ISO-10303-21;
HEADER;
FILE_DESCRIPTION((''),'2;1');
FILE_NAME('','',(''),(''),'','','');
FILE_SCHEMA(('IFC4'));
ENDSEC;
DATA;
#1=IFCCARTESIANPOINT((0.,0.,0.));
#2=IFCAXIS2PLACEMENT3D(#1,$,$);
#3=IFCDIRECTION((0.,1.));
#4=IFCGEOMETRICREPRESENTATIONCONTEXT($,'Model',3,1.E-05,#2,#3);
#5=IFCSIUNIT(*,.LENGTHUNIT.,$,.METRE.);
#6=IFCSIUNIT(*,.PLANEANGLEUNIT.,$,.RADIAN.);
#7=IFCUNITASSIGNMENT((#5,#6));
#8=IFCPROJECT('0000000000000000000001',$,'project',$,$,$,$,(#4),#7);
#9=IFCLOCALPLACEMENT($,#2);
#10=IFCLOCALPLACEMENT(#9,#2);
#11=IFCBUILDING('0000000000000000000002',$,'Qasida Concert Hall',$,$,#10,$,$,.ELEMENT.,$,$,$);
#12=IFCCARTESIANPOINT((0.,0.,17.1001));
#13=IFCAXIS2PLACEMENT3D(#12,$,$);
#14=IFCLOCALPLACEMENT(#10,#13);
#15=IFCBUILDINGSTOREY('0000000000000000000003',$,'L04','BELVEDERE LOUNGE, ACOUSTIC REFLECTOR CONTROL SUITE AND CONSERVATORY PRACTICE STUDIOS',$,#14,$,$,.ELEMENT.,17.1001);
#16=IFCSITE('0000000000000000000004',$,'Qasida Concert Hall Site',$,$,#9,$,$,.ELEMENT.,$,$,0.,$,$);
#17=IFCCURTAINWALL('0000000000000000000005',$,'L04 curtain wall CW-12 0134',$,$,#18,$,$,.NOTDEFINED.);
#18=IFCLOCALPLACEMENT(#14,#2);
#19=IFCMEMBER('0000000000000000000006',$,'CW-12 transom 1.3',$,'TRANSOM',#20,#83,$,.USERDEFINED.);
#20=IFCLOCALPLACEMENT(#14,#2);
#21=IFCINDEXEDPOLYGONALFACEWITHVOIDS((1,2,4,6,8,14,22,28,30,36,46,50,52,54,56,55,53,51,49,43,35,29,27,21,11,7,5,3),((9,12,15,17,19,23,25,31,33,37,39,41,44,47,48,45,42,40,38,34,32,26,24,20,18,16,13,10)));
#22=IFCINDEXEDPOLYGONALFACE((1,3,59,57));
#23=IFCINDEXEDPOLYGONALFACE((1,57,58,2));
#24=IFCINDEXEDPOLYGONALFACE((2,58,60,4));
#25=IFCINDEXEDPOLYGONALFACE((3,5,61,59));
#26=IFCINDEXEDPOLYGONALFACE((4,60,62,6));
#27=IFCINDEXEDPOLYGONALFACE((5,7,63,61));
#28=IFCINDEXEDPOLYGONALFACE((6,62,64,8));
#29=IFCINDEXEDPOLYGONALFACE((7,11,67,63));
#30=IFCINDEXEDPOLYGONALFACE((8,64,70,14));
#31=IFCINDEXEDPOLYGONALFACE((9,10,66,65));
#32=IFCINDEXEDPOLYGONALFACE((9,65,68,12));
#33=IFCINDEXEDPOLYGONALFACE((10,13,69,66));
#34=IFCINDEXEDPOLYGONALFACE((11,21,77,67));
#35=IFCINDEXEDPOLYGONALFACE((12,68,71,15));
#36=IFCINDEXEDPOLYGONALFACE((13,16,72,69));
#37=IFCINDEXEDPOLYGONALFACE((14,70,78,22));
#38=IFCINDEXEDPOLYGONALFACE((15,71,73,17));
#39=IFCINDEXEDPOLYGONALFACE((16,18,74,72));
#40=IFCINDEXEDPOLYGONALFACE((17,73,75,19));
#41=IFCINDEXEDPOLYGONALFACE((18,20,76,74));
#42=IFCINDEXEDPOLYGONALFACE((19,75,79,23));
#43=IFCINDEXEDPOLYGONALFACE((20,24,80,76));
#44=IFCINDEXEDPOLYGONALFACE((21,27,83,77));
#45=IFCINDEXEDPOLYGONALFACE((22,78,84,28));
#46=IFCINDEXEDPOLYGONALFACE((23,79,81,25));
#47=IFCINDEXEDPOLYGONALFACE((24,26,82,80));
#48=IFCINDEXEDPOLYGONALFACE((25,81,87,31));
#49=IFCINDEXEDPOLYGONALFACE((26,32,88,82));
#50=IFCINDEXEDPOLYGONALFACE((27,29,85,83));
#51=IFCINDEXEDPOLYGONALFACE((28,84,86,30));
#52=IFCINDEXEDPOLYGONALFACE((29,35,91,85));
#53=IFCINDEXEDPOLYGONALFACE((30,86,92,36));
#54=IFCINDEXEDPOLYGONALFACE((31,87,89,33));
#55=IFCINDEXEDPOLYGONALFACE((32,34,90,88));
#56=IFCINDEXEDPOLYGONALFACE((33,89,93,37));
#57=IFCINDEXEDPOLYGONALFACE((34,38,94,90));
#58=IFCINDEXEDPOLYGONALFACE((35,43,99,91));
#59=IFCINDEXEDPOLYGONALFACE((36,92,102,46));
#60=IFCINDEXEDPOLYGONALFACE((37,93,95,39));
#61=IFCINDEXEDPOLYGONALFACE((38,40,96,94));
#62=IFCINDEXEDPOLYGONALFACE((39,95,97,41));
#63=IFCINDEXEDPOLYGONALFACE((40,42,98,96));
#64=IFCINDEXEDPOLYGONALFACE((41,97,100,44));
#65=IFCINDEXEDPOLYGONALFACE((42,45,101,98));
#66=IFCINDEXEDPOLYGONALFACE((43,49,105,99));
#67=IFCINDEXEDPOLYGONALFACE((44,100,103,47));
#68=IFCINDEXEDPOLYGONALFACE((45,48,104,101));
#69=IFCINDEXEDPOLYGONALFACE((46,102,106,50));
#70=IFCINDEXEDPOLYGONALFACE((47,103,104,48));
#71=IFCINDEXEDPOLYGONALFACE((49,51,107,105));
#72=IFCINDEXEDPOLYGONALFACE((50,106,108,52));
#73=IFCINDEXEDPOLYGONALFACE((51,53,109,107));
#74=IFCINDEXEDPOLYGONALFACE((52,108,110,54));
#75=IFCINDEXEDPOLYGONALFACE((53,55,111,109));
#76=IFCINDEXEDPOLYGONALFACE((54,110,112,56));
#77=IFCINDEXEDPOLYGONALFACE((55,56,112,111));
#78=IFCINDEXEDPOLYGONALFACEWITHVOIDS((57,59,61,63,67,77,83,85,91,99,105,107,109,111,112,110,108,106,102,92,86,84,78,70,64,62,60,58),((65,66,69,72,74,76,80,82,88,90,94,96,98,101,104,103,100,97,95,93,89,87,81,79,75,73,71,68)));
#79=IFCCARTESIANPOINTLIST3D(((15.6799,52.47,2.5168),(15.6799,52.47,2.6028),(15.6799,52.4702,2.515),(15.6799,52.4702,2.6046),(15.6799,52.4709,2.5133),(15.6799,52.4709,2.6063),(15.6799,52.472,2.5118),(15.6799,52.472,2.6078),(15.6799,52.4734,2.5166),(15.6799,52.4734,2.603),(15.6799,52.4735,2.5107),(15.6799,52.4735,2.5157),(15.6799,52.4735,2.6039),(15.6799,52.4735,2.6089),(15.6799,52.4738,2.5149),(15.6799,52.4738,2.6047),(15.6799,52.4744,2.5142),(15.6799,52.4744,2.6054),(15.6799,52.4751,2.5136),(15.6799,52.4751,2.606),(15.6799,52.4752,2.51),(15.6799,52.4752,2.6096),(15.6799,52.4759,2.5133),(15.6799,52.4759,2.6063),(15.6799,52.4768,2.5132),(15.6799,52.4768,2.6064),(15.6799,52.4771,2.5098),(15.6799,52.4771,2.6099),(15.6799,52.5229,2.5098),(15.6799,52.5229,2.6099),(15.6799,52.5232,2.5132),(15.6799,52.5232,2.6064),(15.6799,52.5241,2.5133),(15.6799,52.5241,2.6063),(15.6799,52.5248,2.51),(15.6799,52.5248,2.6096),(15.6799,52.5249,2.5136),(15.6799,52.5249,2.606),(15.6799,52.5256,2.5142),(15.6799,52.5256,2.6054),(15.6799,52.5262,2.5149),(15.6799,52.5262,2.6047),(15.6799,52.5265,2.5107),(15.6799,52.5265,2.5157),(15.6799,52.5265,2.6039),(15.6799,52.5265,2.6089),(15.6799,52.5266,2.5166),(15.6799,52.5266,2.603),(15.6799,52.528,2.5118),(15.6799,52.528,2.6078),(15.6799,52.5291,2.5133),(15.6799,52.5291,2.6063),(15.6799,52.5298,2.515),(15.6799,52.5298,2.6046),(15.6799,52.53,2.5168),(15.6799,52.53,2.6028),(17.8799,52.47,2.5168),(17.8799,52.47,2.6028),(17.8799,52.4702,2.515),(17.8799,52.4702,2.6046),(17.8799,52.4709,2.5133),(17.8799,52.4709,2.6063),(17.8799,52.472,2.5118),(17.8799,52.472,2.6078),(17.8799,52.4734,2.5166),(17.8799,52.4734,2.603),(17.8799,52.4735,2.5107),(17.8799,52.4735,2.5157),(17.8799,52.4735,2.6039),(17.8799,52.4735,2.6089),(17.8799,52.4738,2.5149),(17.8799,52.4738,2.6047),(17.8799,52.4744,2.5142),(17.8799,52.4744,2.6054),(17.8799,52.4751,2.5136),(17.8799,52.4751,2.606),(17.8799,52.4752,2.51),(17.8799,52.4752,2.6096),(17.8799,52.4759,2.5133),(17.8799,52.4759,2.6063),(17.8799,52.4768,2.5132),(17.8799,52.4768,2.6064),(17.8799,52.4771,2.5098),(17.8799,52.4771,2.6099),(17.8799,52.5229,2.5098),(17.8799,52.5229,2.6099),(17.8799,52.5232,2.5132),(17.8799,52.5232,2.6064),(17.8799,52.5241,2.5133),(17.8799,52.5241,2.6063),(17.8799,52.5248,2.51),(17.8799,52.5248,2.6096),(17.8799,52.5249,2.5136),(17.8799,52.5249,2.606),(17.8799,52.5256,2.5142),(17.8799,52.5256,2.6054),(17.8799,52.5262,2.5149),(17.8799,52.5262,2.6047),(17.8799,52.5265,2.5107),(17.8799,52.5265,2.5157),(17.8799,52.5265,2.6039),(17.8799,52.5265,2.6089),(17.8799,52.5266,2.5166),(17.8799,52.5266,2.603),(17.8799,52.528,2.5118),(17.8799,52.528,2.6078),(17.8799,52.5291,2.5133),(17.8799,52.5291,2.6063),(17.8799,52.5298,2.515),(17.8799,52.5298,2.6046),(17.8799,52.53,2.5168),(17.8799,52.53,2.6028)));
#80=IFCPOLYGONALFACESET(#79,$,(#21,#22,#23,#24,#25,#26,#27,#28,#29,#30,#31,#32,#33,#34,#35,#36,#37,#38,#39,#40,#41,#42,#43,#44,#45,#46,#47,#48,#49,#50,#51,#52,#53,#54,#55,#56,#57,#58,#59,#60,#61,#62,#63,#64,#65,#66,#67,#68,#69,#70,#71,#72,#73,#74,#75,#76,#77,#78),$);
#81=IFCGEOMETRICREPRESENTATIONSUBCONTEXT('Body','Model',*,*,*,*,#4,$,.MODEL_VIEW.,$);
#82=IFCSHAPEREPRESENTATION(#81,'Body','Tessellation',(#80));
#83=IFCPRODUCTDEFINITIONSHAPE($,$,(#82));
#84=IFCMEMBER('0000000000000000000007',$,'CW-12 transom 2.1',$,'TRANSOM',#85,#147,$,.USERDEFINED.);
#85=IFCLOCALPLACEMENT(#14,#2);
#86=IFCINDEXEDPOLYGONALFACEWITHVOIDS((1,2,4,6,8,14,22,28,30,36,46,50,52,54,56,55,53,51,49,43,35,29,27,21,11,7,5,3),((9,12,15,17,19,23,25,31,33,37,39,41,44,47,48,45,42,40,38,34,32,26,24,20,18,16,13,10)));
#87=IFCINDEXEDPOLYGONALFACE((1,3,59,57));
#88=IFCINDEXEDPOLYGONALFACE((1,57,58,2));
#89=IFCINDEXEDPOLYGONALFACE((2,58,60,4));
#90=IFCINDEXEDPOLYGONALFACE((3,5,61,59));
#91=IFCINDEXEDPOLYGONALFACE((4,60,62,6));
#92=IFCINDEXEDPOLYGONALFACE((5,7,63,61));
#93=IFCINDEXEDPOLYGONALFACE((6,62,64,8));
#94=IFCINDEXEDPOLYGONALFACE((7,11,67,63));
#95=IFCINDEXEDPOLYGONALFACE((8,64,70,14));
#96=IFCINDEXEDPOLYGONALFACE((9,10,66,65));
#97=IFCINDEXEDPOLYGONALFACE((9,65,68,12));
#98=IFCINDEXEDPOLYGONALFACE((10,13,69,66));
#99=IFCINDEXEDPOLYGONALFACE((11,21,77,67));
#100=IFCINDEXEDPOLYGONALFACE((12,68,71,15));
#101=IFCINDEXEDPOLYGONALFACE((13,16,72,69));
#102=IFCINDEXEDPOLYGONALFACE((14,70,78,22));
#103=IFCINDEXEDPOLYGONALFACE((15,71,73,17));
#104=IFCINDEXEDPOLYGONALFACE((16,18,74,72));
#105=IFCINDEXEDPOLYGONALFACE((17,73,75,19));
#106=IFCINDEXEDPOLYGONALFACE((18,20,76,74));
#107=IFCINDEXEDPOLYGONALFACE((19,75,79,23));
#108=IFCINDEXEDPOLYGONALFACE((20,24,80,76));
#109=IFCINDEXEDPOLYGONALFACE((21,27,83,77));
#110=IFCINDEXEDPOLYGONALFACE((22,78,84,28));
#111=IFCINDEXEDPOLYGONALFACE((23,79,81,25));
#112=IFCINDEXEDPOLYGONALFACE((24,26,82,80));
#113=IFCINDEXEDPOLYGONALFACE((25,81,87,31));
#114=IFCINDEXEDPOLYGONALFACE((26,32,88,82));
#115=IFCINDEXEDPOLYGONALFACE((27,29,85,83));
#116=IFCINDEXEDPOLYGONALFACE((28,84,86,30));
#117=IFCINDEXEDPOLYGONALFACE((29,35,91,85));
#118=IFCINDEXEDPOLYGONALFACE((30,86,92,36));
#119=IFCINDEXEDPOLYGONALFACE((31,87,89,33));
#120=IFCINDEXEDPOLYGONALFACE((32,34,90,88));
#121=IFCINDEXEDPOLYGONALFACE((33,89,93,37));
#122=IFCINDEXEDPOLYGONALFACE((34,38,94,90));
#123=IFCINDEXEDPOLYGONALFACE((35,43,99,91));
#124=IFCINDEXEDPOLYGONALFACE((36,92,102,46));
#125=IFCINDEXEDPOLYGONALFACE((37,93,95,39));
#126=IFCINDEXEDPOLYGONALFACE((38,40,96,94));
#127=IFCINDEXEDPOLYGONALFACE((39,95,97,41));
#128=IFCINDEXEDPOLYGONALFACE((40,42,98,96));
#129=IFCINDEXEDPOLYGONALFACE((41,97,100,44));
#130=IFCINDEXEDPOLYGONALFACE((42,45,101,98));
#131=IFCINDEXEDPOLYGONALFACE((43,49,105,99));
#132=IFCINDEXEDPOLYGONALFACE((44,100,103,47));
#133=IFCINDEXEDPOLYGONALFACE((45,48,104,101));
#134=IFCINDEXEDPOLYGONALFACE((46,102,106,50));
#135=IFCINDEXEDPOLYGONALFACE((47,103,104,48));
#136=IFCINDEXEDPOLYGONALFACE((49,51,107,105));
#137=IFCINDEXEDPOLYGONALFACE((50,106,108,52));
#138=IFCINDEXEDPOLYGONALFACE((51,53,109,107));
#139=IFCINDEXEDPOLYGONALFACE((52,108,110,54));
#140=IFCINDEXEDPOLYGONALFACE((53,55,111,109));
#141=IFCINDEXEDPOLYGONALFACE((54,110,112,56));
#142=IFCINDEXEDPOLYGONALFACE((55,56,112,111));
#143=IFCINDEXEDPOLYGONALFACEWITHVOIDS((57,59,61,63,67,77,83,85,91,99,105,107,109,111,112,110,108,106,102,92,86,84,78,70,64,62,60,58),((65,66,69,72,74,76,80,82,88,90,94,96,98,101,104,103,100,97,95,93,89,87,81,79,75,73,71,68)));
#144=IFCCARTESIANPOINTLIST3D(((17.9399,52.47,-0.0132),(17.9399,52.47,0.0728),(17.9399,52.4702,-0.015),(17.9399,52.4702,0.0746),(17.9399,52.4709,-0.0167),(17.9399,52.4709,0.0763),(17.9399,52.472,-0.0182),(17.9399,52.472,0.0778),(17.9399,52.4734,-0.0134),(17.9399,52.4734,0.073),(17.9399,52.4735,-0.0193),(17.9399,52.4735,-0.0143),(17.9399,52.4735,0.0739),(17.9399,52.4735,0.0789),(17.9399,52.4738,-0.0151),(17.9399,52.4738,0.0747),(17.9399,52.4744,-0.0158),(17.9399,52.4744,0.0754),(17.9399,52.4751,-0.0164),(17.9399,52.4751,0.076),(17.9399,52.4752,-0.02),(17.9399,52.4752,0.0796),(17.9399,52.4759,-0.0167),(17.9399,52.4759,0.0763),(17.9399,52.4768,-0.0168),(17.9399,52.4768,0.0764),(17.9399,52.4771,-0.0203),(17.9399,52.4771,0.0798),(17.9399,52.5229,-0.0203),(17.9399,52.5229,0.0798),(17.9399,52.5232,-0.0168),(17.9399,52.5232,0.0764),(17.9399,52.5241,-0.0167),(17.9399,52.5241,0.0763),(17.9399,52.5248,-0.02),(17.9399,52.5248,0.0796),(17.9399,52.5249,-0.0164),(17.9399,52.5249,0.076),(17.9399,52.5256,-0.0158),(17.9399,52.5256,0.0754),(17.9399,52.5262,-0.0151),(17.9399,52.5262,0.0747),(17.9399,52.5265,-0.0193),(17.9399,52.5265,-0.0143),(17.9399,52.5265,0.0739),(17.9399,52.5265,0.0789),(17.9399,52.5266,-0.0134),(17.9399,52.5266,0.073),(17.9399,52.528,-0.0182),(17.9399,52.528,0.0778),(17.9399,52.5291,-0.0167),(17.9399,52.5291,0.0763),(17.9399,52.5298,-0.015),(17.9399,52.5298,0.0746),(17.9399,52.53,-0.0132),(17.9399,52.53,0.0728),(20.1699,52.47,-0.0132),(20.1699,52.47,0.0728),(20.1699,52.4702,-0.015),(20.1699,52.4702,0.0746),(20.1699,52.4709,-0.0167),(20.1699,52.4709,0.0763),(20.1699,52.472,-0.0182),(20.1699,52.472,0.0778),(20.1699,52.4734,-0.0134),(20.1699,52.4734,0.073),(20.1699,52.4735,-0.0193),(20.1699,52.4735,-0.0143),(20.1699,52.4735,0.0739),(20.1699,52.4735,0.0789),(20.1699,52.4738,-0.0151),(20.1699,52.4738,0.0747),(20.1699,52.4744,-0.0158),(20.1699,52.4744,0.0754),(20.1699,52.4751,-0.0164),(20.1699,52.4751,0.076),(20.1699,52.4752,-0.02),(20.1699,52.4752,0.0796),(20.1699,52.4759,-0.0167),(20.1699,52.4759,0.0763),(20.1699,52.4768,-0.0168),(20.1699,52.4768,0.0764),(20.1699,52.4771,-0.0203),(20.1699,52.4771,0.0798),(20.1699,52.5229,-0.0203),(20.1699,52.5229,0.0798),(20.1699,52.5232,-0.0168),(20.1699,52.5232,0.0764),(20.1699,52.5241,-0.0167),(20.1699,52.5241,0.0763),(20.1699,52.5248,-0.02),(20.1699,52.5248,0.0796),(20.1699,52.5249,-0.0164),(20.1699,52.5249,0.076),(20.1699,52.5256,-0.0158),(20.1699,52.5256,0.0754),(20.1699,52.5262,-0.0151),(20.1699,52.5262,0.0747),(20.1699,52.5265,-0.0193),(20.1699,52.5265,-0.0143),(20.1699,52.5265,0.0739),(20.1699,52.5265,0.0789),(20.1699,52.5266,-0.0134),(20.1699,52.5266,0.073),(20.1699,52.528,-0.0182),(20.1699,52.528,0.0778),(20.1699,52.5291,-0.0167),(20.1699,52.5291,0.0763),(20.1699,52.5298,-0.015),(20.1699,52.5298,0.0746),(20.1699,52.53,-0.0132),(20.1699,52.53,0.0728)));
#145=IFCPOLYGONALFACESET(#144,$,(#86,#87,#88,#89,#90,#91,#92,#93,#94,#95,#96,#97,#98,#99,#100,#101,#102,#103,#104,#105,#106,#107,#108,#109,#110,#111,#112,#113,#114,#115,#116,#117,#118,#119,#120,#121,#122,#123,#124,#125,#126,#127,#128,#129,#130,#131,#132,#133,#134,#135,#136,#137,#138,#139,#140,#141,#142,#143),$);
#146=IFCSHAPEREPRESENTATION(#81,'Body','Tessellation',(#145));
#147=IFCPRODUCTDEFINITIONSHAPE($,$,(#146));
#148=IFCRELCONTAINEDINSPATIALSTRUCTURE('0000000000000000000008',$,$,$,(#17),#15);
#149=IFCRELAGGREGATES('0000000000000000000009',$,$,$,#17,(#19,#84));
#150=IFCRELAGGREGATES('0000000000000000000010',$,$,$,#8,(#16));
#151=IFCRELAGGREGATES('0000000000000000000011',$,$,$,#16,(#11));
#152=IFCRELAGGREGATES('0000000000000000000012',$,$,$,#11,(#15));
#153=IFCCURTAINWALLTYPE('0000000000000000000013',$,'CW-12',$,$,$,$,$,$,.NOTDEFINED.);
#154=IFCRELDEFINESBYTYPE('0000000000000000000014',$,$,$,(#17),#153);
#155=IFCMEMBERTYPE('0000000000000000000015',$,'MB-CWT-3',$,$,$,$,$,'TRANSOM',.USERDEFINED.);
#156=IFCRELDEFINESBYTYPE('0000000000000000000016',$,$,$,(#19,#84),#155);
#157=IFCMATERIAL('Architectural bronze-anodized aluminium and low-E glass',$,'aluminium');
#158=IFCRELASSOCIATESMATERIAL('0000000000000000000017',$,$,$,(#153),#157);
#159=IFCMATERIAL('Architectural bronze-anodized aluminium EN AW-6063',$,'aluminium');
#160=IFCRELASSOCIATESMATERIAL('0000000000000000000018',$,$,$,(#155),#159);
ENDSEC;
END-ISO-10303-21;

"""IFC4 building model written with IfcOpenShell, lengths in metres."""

from ifc_helpers import new_model, si_unit, direction, frame, origin, origin_2d, place, context, subcontext, project, spatial, hollow_rectangle, extrude, material, material_profile, profile_set, type_object, element, aggregate, save


model = new_model("IFC4")

# Units and contexts
model_context = context("Model", 3, precision=1e-05, world=origin(), true_north=direction((0.0, 1.0)))
body_context = subcontext(model_context, "Body", "Model", "MODEL_VIEW")
ifc_project = project(units=[si_unit("LENGTHUNIT", "METRE"), si_unit("PLANEANGLEUNIT", "RADIAN")], contexts=[model_context])

# Site, building, storey
site_placement = place(None, origin())
site = spatial("IfcSite", under=ifc_project, at=site_placement, Name="Qasida Concert Hall Site", CompositionType="ELEMENT", RefElevation=0.0)
building_placement = place(site_placement, origin())
building = spatial("IfcBuilding", under=site, at=building_placement, Name="Qasida Concert Hall", CompositionType="ELEMENT")
storey_placement = place(building_placement, frame((0.0, 0.0, 17.1001)))
storey = spatial("IfcBuildingStorey", under=building, at=storey_placement, Name="L04", Description="BELVEDERE LOUNGE, ACOUSTIC REFLECTOR CONTROL SUITE AND CONSERVATORY PRACTICE STUDIOS", CompositionType="ELEMENT", Elevation=17.1001)

# Shared definitions
ifc_material_1 = material(Name="Architectural bronze-anodized aluminium and low-E glass", Category="aluminium")
curtain_wall_type = type_object("IfcCurtainWallType", Name="CW-12", PredefinedType="NOTDEFINED", material=ifc_material_1)
ifc_material_2 = material(Name="Architectural bronze-anodized aluminium EN AW-6063", Category="aluminium")

# Curtain wall
curtain_wall_1_placement = place(storey_placement, origin())
curtain_wall_1 = element("IfcCurtainWall", 1, at=curtain_wall_1_placement, inside=storey, type_object=curtain_wall_type, Name="L04 curtain wall CW-12 0134", PredefinedType="NOTDEFINED")

# Members
ifc_material_profile_1 = material_profile(ifc_material_2, hollow_rectangle(XDim=0.0601, YDim=0.1001, WallThickness=0.0034, InnerFilletRadius=0.0034, OuterFilletRadius=0.0071, at=origin_2d()), Name="CWT 100x60x3.5")
ifc_profile_set_1 = profile_set([ifc_material_profile_1], Name="Architectural bronze-anodized aluminium EN AW-6063")
member_type_1 = type_object("IfcMemberType", Name="MB-CWT-3", ElementType="TRANSOM", PredefinedType="USERDEFINED", material=ifc_profile_set_1)
member_1_placement = place(storey_placement, frame((15.6799, 52.5, 2.5598), z_axis=(1.0, 0.0, 0.0), x_axis=(0.0, 1.0, 0.0)))
member_1 = element("IfcMember", 2, at=member_1_placement, type_object=member_type_1, Name="CW-12 transom 1.3", ObjectType="TRANSOM", PredefinedType="USERDEFINED", context=body_context, shape_type="SweptSolid", body=[
    extrude(hollow_rectangle(XDim=0.0601, YDim=0.1001, WallThickness=0.0034, InnerFilletRadius=0.0034, OuterFilletRadius=0.0071, at=origin_2d()), origin(), (0.0, 0.0, 1.0), 2.2),
])
member_2_placement = place(storey_placement, frame((17.9399, 52.5, 0.0298), z_axis=(1.0, 0.0, 0.0), x_axis=(0.0, 1.0, 0.0)))
member_2 = element("IfcMember", 3, at=member_2_placement, type_object=member_type_1, Name="CW-12 transom 2.1", ObjectType="TRANSOM", PredefinedType="USERDEFINED", context=body_context, shape_type="SweptSolid", body=[
    extrude(hollow_rectangle(XDim=0.0601, YDim=0.1001, WallThickness=0.0034, InnerFilletRadius=0.0034, OuterFilletRadius=0.0071, at=origin_2d()), origin(), (0.0, 0.0, 1.0), 2.23),
])

aggregate(curtain_wall_1, [member_1, member_2])

save(model, "model.ifc")
